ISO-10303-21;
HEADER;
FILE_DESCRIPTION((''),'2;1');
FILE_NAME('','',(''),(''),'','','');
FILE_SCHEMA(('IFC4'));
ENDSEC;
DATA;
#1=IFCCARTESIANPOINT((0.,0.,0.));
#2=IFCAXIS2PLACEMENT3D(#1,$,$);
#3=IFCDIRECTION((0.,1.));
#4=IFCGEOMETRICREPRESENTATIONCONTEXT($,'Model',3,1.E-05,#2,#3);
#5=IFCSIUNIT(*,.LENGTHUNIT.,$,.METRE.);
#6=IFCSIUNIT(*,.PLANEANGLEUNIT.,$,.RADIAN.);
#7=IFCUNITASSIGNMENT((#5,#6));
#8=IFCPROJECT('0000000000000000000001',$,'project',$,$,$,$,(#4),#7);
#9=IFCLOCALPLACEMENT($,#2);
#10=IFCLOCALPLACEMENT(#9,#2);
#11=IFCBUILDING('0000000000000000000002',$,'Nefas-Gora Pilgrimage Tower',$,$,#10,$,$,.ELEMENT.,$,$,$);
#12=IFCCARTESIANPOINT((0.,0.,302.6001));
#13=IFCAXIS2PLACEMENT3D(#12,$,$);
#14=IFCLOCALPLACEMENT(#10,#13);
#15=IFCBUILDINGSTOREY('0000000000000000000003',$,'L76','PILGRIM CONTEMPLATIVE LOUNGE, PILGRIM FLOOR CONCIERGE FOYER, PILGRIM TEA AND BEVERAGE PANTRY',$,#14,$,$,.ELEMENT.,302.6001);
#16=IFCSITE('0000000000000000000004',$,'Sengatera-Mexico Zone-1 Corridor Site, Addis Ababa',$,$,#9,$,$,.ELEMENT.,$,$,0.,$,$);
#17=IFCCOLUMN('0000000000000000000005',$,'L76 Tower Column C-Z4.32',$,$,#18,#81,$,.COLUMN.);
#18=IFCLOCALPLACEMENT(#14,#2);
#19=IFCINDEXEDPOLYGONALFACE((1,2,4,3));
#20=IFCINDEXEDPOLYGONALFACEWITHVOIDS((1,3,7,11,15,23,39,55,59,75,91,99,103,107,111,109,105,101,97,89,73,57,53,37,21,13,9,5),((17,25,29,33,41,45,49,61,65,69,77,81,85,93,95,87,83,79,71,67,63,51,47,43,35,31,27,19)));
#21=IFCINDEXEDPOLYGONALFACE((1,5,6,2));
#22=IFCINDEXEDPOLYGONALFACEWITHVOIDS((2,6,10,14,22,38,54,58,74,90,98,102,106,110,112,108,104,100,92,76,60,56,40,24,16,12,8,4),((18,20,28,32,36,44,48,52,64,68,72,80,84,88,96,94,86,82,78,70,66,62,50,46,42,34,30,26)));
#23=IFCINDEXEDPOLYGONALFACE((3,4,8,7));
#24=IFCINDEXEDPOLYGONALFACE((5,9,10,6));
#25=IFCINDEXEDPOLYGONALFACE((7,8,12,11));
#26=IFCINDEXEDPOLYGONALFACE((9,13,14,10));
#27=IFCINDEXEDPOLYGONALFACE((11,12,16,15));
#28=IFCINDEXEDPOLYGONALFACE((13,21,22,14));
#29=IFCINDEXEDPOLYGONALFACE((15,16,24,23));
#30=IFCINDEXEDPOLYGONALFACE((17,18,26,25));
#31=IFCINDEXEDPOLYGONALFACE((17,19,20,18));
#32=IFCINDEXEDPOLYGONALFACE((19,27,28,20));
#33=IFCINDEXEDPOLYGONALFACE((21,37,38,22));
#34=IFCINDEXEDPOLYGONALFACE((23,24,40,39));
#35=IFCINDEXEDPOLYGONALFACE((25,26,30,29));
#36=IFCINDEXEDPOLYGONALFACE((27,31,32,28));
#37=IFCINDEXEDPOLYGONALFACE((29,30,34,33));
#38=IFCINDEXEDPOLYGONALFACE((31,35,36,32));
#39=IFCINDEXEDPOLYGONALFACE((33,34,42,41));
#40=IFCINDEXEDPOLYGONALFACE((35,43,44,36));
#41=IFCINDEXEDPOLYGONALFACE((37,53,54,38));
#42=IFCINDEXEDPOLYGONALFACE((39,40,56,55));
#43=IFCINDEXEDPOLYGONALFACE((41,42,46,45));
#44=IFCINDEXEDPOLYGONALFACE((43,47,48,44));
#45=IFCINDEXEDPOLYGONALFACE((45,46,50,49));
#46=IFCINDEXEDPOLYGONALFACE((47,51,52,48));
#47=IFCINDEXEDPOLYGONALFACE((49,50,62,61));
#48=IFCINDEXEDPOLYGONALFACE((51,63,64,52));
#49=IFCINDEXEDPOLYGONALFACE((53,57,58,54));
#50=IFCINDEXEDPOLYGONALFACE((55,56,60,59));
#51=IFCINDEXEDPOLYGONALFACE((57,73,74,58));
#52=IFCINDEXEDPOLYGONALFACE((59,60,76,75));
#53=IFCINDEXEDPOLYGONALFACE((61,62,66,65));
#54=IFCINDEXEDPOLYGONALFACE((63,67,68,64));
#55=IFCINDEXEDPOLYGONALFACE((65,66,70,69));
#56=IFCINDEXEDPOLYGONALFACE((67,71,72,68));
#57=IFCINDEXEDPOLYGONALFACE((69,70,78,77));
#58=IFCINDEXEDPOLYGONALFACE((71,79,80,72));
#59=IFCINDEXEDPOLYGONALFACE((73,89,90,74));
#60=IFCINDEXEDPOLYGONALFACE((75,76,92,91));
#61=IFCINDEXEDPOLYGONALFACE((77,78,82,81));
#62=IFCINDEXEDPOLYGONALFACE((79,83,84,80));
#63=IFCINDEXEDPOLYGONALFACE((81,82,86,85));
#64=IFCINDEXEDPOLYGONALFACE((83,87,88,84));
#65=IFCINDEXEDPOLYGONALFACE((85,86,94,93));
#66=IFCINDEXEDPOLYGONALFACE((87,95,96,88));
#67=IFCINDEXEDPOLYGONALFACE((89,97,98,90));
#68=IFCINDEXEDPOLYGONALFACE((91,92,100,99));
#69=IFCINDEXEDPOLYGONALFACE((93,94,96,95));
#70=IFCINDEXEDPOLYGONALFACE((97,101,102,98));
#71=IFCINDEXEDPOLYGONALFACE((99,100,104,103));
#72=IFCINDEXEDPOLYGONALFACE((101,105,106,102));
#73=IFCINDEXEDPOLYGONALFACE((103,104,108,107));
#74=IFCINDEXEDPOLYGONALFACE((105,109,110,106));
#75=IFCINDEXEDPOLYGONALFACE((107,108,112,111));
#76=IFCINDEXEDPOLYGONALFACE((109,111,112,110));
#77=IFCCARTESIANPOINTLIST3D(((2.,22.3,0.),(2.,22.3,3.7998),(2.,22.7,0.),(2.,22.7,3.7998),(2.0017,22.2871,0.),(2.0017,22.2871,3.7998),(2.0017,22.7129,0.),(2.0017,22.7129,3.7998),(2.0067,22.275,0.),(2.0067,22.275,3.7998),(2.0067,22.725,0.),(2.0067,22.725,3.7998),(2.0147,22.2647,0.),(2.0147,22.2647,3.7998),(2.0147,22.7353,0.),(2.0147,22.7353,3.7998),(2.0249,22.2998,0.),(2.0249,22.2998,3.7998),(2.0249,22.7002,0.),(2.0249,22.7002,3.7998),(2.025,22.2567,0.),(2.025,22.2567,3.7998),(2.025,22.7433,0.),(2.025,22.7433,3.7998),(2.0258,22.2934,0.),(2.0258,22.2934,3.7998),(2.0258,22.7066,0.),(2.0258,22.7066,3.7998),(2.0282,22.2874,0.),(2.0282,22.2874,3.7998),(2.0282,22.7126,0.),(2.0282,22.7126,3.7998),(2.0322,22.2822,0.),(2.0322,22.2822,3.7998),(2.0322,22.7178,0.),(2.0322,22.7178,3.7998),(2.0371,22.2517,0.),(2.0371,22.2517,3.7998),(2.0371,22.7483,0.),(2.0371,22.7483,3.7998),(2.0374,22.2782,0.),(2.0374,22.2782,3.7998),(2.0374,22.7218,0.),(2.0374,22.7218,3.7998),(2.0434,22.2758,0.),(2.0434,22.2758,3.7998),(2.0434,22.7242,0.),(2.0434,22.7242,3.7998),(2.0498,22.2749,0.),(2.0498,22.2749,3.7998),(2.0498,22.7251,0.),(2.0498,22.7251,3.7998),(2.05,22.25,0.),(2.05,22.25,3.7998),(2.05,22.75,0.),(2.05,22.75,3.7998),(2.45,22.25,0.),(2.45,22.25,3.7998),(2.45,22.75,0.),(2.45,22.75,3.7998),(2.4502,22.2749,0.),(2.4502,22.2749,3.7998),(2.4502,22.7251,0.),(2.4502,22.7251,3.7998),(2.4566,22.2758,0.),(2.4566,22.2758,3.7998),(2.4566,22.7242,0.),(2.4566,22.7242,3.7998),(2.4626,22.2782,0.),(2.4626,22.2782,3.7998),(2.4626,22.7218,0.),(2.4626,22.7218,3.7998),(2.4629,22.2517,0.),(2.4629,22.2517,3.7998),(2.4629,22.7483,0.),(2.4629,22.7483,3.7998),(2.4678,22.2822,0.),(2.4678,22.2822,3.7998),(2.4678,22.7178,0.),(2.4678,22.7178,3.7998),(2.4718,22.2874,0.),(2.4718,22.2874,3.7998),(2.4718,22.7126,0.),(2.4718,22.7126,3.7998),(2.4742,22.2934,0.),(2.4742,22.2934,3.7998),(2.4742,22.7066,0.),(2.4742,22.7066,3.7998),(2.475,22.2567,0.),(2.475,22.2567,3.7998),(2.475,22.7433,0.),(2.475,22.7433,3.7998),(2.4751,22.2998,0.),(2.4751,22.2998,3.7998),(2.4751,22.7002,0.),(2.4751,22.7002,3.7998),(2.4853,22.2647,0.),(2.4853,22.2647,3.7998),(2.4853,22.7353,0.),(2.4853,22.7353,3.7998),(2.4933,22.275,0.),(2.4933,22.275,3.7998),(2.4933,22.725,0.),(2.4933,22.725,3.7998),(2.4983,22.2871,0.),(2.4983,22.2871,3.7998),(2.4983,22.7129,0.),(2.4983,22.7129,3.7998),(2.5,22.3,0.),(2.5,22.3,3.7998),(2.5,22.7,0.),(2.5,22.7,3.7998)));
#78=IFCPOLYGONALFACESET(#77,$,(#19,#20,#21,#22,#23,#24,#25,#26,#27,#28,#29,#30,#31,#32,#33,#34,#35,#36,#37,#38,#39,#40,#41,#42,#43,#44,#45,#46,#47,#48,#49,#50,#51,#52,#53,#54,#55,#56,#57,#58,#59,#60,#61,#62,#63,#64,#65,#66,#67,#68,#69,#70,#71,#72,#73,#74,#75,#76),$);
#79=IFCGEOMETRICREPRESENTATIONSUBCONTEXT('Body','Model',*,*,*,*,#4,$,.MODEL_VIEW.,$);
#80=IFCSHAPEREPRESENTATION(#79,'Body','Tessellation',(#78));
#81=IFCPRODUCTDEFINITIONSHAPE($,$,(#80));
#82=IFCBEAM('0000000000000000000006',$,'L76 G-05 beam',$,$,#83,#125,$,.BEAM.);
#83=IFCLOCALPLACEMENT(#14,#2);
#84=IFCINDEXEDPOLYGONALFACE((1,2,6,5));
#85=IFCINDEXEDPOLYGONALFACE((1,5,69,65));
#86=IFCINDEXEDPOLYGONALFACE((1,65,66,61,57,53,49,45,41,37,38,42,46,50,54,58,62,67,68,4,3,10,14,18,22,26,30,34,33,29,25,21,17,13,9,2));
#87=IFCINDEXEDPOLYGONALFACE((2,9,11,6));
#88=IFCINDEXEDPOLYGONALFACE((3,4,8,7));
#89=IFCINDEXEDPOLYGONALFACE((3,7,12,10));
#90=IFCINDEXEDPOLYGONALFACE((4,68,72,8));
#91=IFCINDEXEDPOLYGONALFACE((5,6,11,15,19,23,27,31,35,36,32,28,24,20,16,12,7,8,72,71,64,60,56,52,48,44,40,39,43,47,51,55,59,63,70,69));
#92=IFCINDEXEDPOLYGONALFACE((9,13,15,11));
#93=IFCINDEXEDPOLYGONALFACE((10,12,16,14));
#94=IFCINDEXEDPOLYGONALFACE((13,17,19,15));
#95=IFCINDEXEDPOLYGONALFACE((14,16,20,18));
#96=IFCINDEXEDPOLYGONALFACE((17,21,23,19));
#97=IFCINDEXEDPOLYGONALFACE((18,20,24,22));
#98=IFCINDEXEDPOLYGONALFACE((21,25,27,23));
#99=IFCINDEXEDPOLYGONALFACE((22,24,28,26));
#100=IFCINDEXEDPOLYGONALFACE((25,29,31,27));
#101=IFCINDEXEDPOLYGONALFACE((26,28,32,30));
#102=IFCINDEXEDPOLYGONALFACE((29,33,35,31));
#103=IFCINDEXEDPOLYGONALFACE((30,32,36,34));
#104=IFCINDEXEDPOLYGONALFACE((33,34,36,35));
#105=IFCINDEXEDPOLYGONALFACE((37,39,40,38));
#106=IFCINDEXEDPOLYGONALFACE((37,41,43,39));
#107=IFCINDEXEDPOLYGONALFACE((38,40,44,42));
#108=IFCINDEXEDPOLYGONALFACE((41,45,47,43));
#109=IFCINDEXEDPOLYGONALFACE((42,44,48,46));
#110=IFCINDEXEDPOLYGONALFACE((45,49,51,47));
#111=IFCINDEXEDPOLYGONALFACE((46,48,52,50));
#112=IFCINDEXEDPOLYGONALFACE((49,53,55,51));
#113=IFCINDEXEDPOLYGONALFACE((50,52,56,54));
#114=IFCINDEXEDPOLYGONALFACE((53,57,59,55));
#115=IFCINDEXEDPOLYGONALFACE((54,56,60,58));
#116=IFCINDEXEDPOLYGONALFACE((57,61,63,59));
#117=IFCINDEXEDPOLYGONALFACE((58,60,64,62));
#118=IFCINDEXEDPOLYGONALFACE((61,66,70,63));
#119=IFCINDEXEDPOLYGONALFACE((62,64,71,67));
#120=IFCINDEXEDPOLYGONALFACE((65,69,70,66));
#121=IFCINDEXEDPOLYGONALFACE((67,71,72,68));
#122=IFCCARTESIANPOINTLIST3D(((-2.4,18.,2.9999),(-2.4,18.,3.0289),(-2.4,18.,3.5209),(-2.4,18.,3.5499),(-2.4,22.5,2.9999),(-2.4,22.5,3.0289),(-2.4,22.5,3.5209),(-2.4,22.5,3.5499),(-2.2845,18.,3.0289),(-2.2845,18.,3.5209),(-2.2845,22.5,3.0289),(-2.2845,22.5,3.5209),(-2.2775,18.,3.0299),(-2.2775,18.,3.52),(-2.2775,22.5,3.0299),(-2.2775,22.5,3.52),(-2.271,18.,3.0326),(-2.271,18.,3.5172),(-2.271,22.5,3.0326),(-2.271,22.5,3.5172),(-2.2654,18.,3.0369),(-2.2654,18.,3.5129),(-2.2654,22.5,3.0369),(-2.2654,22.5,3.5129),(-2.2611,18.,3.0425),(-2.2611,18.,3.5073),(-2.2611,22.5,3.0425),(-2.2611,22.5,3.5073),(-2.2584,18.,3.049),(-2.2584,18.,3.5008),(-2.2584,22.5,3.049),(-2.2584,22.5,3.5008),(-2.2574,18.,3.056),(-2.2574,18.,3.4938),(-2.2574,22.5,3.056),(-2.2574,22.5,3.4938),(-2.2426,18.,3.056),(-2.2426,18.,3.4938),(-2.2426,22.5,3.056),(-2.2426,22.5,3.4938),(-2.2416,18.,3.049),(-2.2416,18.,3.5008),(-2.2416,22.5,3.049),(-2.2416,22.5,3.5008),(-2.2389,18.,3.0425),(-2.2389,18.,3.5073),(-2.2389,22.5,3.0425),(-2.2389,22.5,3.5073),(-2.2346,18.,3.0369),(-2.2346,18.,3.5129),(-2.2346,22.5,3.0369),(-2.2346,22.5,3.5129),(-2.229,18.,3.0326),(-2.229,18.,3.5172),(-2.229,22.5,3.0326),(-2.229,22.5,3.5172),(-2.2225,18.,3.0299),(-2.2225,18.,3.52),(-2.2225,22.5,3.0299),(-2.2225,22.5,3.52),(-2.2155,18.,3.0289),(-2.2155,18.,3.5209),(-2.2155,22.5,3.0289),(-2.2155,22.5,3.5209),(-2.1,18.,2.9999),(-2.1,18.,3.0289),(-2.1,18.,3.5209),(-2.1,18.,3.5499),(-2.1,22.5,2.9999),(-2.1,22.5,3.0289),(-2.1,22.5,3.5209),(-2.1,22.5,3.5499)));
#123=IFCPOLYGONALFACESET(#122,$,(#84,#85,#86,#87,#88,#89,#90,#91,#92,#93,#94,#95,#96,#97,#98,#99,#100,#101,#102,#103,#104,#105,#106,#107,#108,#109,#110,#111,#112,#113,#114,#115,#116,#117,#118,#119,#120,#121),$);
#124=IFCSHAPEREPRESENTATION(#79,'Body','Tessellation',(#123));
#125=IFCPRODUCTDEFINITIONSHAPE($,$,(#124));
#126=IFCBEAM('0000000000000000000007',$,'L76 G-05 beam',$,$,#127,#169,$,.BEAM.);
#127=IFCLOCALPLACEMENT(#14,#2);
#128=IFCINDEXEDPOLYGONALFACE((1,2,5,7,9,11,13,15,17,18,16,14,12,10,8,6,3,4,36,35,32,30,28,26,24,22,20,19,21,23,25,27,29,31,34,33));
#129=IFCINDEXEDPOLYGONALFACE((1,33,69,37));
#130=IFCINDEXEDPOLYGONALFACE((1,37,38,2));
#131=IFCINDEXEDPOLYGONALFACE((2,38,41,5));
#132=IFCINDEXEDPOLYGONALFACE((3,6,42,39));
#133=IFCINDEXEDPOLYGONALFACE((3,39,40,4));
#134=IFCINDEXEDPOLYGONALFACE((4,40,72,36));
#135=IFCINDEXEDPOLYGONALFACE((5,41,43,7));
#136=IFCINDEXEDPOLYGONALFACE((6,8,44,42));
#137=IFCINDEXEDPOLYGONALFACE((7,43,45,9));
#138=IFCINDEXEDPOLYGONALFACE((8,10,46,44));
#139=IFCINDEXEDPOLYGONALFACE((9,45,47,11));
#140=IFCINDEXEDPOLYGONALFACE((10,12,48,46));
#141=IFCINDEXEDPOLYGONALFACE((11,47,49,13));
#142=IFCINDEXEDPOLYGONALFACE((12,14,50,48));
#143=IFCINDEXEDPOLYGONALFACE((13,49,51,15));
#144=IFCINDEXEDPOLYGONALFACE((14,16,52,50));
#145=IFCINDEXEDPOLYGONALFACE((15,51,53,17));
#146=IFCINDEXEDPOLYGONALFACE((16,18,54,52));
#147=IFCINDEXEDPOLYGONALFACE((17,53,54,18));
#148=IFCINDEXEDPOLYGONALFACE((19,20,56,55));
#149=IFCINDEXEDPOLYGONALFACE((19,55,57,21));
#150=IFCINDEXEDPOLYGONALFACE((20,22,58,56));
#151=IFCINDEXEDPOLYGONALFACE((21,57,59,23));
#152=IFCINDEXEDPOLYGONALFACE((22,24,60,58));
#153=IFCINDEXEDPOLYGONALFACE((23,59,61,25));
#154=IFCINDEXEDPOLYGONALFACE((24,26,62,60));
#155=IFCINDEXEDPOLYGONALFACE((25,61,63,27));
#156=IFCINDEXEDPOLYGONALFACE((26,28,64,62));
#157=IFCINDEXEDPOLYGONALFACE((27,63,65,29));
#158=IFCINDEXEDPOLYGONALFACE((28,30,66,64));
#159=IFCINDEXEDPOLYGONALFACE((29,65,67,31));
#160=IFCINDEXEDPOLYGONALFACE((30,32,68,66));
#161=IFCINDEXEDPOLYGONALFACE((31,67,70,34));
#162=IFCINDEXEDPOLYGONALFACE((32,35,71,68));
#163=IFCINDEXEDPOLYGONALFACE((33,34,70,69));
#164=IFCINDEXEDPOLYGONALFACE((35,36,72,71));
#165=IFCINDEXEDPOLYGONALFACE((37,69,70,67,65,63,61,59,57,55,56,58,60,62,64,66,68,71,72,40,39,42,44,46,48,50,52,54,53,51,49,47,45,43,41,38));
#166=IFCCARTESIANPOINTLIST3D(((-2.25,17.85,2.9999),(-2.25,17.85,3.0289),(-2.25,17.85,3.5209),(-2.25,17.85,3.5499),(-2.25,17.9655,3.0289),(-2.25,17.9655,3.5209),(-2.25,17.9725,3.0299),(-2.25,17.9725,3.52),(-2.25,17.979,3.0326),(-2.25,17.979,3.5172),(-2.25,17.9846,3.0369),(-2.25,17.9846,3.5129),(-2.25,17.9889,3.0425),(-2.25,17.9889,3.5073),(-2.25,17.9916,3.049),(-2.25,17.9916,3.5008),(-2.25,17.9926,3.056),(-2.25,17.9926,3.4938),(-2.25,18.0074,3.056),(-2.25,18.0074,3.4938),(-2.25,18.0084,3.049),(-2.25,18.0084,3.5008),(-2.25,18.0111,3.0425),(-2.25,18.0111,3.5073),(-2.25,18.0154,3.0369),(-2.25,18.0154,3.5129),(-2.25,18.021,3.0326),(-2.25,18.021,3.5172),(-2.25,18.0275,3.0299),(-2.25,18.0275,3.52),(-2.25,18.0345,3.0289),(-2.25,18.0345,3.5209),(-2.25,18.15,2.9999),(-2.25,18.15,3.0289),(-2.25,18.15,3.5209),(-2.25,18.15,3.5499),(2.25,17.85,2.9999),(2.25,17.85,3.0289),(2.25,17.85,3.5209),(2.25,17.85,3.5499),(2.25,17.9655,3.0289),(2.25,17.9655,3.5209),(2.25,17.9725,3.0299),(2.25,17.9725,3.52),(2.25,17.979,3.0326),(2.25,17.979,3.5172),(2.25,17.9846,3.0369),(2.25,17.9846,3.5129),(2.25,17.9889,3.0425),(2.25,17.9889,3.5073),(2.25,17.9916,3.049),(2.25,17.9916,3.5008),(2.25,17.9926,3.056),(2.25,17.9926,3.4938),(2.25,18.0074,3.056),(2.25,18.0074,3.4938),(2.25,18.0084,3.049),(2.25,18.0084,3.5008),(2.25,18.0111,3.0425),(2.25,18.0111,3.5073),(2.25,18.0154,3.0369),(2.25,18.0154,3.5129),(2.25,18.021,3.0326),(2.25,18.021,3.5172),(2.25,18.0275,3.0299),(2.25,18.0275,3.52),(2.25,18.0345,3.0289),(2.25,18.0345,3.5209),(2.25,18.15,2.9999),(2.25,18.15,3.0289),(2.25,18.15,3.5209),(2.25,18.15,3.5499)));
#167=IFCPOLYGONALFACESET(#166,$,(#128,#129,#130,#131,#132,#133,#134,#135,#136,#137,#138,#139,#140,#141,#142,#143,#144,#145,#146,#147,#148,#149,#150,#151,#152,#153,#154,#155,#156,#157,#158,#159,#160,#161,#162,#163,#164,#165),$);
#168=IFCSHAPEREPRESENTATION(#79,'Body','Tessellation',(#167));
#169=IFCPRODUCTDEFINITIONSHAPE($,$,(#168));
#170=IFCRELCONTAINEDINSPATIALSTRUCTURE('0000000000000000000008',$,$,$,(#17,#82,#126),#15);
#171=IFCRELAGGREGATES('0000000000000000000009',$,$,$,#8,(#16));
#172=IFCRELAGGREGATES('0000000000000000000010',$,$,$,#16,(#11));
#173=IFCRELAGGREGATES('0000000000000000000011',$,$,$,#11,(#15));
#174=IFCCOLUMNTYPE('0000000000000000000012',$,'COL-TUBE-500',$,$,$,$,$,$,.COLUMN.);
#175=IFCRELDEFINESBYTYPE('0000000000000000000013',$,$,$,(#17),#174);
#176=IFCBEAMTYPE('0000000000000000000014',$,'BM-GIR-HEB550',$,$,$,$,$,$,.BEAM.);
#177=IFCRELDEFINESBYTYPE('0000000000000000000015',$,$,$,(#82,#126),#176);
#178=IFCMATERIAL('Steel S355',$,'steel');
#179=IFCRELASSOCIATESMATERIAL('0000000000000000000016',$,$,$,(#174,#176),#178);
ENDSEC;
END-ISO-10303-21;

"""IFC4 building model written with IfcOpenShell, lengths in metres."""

from ifc_helpers import new_model, si_unit, direction, frame, origin, origin_2d, place, context, subcontext, project, spatial, hollow_rectangle, i_section, extrude, source, transform, mapped, material, material_profile, profile_set, type_object, element, save


model = new_model("IFC4")

# Units and contexts
model_context = context("Model", 3, precision=1e-05, world=origin(), true_north=direction((0.0, 1.0)))
body_context = subcontext(model_context, "Body", "Model", "MODEL_VIEW")
ifc_project = project(units=[si_unit("LENGTHUNIT", "METRE"), si_unit("PLANEANGLEUNIT", "RADIAN")], contexts=[model_context])

# Site, building, storey
site_placement = place(None, origin())
site = spatial("IfcSite", under=ifc_project, at=site_placement, Name="Sengatera-Mexico Zone-1 Corridor Site, Addis Ababa", CompositionType="ELEMENT", RefElevation=0.0)
building_placement = place(site_placement, origin())
building = spatial("IfcBuilding", under=site, at=building_placement, Name="Nefas-Gora Pilgrimage Tower", CompositionType="ELEMENT")
storey_placement = place(building_placement, frame((0.0, 0.0, 302.6001)))
storey = spatial("IfcBuildingStorey", under=building, at=storey_placement, Name="L76", Description="PILGRIM CONTEMPLATIVE LOUNGE, PILGRIM FLOOR CONCIERGE FOYER, PILGRIM TEA AND BEVERAGE PANTRY", CompositionType="ELEMENT", Elevation=302.6001)

# Column
ifc_material_1 = material(Name="Steel S355", Category="steel")
ifc_material_profile_1 = material_profile(ifc_material_1, hollow_rectangle(XDim=0.5, YDim=0.5, WallThickness=0.0249, InnerFilletRadius=0.0249, OuterFilletRadius=0.05, at=origin_2d()), Name="SHS 500x500x25")
ifc_profile_set_1 = profile_set([ifc_material_profile_1], Name="Steel S355")
column_type_1 = type_object("IfcColumnType", Name="COL-TUBE-500", PredefinedType="COLUMN", material=ifc_profile_set_1)
shared_shape_1 = source(origin(), body_context, "Body", "SweptSolid", [
    extrude(hollow_rectangle(XDim=0.5, YDim=0.5, WallThickness=0.0249, InnerFilletRadius=0.0249, OuterFilletRadius=0.05, at=origin_2d()), origin(), (0.0, 0.0, 1.0), 3.7998),
])
column_placement = place(storey_placement, frame((2.25, 22.5, 0.0), z_axis=(0.0, 0.0, 1.0), x_axis=(1.0, 0.0, 0.0)))
element("IfcColumn", 1, at=column_placement, inside=storey, type_object=column_type_1, Name="L76 Tower Column C-Z4.32", PredefinedType="COLUMN", context=body_context, shape_type="MappedRepresentation", body=[
    mapped(shared_shape_1, transform((0.0, 0.0, 0.0), x_axis=(1.0, 0.0, 0.0), y_axis=(0.0, 1.0, 0.0), z_axis=(0.0, 0.0, 1.0), scale=1.0)),
])

# Beams
ifc_material_profile_2 = material_profile(ifc_material_1, i_section(OverallWidth=0.3, OverallDepth=0.55, WebThickness=0.0149, FlangeThickness=0.0291, FilletRadius=0.0271, at=origin_2d()), Name="HEB 550")
ifc_profile_set_2 = profile_set([ifc_material_profile_2], Name="Steel S355")
beam_type = type_object("IfcBeamType", Name="BM-GIR-HEB550", PredefinedType="BEAM", material=ifc_profile_set_2)
shared_shape_2 = source(origin(), body_context, "Body", "SweptSolid", [
    extrude(i_section(OverallWidth=0.3, OverallDepth=0.55, WebThickness=0.0149, FlangeThickness=0.0291, FilletRadius=0.0271, at=origin_2d()), origin(), (0.0, 0.0, 1.0), 4.5),
])
for number, where, z_axis, x_axis, name in (
    (2, (-2.25, 18.0, 3.2749), (0.0, 1.0, 0.0), (-1.0, 0.0, 0.0), "L76 G-05 beam"),
    (3, (-2.25, 18.0, 3.2749), (1.0, 0.0, 0.0), (0.0, 1.0, 0.0), "L76 G-05 beam"),
):
    element("IfcBeam", number, at=place(storey_placement, frame(where, z_axis=z_axis, x_axis=x_axis)), inside=storey, type_object=beam_type, Name=name, PredefinedType="BEAM", context=body_context, shape_type="MappedRepresentation", body=[
        mapped(shared_shape_2, transform((0.0, 0.0, 0.0), x_axis=(1.0, 0.0, 0.0), y_axis=(0.0, 1.0, 0.0), z_axis=(0.0, 0.0, 1.0), scale=1.0)),
    ])

save(model, "model.ifc")
